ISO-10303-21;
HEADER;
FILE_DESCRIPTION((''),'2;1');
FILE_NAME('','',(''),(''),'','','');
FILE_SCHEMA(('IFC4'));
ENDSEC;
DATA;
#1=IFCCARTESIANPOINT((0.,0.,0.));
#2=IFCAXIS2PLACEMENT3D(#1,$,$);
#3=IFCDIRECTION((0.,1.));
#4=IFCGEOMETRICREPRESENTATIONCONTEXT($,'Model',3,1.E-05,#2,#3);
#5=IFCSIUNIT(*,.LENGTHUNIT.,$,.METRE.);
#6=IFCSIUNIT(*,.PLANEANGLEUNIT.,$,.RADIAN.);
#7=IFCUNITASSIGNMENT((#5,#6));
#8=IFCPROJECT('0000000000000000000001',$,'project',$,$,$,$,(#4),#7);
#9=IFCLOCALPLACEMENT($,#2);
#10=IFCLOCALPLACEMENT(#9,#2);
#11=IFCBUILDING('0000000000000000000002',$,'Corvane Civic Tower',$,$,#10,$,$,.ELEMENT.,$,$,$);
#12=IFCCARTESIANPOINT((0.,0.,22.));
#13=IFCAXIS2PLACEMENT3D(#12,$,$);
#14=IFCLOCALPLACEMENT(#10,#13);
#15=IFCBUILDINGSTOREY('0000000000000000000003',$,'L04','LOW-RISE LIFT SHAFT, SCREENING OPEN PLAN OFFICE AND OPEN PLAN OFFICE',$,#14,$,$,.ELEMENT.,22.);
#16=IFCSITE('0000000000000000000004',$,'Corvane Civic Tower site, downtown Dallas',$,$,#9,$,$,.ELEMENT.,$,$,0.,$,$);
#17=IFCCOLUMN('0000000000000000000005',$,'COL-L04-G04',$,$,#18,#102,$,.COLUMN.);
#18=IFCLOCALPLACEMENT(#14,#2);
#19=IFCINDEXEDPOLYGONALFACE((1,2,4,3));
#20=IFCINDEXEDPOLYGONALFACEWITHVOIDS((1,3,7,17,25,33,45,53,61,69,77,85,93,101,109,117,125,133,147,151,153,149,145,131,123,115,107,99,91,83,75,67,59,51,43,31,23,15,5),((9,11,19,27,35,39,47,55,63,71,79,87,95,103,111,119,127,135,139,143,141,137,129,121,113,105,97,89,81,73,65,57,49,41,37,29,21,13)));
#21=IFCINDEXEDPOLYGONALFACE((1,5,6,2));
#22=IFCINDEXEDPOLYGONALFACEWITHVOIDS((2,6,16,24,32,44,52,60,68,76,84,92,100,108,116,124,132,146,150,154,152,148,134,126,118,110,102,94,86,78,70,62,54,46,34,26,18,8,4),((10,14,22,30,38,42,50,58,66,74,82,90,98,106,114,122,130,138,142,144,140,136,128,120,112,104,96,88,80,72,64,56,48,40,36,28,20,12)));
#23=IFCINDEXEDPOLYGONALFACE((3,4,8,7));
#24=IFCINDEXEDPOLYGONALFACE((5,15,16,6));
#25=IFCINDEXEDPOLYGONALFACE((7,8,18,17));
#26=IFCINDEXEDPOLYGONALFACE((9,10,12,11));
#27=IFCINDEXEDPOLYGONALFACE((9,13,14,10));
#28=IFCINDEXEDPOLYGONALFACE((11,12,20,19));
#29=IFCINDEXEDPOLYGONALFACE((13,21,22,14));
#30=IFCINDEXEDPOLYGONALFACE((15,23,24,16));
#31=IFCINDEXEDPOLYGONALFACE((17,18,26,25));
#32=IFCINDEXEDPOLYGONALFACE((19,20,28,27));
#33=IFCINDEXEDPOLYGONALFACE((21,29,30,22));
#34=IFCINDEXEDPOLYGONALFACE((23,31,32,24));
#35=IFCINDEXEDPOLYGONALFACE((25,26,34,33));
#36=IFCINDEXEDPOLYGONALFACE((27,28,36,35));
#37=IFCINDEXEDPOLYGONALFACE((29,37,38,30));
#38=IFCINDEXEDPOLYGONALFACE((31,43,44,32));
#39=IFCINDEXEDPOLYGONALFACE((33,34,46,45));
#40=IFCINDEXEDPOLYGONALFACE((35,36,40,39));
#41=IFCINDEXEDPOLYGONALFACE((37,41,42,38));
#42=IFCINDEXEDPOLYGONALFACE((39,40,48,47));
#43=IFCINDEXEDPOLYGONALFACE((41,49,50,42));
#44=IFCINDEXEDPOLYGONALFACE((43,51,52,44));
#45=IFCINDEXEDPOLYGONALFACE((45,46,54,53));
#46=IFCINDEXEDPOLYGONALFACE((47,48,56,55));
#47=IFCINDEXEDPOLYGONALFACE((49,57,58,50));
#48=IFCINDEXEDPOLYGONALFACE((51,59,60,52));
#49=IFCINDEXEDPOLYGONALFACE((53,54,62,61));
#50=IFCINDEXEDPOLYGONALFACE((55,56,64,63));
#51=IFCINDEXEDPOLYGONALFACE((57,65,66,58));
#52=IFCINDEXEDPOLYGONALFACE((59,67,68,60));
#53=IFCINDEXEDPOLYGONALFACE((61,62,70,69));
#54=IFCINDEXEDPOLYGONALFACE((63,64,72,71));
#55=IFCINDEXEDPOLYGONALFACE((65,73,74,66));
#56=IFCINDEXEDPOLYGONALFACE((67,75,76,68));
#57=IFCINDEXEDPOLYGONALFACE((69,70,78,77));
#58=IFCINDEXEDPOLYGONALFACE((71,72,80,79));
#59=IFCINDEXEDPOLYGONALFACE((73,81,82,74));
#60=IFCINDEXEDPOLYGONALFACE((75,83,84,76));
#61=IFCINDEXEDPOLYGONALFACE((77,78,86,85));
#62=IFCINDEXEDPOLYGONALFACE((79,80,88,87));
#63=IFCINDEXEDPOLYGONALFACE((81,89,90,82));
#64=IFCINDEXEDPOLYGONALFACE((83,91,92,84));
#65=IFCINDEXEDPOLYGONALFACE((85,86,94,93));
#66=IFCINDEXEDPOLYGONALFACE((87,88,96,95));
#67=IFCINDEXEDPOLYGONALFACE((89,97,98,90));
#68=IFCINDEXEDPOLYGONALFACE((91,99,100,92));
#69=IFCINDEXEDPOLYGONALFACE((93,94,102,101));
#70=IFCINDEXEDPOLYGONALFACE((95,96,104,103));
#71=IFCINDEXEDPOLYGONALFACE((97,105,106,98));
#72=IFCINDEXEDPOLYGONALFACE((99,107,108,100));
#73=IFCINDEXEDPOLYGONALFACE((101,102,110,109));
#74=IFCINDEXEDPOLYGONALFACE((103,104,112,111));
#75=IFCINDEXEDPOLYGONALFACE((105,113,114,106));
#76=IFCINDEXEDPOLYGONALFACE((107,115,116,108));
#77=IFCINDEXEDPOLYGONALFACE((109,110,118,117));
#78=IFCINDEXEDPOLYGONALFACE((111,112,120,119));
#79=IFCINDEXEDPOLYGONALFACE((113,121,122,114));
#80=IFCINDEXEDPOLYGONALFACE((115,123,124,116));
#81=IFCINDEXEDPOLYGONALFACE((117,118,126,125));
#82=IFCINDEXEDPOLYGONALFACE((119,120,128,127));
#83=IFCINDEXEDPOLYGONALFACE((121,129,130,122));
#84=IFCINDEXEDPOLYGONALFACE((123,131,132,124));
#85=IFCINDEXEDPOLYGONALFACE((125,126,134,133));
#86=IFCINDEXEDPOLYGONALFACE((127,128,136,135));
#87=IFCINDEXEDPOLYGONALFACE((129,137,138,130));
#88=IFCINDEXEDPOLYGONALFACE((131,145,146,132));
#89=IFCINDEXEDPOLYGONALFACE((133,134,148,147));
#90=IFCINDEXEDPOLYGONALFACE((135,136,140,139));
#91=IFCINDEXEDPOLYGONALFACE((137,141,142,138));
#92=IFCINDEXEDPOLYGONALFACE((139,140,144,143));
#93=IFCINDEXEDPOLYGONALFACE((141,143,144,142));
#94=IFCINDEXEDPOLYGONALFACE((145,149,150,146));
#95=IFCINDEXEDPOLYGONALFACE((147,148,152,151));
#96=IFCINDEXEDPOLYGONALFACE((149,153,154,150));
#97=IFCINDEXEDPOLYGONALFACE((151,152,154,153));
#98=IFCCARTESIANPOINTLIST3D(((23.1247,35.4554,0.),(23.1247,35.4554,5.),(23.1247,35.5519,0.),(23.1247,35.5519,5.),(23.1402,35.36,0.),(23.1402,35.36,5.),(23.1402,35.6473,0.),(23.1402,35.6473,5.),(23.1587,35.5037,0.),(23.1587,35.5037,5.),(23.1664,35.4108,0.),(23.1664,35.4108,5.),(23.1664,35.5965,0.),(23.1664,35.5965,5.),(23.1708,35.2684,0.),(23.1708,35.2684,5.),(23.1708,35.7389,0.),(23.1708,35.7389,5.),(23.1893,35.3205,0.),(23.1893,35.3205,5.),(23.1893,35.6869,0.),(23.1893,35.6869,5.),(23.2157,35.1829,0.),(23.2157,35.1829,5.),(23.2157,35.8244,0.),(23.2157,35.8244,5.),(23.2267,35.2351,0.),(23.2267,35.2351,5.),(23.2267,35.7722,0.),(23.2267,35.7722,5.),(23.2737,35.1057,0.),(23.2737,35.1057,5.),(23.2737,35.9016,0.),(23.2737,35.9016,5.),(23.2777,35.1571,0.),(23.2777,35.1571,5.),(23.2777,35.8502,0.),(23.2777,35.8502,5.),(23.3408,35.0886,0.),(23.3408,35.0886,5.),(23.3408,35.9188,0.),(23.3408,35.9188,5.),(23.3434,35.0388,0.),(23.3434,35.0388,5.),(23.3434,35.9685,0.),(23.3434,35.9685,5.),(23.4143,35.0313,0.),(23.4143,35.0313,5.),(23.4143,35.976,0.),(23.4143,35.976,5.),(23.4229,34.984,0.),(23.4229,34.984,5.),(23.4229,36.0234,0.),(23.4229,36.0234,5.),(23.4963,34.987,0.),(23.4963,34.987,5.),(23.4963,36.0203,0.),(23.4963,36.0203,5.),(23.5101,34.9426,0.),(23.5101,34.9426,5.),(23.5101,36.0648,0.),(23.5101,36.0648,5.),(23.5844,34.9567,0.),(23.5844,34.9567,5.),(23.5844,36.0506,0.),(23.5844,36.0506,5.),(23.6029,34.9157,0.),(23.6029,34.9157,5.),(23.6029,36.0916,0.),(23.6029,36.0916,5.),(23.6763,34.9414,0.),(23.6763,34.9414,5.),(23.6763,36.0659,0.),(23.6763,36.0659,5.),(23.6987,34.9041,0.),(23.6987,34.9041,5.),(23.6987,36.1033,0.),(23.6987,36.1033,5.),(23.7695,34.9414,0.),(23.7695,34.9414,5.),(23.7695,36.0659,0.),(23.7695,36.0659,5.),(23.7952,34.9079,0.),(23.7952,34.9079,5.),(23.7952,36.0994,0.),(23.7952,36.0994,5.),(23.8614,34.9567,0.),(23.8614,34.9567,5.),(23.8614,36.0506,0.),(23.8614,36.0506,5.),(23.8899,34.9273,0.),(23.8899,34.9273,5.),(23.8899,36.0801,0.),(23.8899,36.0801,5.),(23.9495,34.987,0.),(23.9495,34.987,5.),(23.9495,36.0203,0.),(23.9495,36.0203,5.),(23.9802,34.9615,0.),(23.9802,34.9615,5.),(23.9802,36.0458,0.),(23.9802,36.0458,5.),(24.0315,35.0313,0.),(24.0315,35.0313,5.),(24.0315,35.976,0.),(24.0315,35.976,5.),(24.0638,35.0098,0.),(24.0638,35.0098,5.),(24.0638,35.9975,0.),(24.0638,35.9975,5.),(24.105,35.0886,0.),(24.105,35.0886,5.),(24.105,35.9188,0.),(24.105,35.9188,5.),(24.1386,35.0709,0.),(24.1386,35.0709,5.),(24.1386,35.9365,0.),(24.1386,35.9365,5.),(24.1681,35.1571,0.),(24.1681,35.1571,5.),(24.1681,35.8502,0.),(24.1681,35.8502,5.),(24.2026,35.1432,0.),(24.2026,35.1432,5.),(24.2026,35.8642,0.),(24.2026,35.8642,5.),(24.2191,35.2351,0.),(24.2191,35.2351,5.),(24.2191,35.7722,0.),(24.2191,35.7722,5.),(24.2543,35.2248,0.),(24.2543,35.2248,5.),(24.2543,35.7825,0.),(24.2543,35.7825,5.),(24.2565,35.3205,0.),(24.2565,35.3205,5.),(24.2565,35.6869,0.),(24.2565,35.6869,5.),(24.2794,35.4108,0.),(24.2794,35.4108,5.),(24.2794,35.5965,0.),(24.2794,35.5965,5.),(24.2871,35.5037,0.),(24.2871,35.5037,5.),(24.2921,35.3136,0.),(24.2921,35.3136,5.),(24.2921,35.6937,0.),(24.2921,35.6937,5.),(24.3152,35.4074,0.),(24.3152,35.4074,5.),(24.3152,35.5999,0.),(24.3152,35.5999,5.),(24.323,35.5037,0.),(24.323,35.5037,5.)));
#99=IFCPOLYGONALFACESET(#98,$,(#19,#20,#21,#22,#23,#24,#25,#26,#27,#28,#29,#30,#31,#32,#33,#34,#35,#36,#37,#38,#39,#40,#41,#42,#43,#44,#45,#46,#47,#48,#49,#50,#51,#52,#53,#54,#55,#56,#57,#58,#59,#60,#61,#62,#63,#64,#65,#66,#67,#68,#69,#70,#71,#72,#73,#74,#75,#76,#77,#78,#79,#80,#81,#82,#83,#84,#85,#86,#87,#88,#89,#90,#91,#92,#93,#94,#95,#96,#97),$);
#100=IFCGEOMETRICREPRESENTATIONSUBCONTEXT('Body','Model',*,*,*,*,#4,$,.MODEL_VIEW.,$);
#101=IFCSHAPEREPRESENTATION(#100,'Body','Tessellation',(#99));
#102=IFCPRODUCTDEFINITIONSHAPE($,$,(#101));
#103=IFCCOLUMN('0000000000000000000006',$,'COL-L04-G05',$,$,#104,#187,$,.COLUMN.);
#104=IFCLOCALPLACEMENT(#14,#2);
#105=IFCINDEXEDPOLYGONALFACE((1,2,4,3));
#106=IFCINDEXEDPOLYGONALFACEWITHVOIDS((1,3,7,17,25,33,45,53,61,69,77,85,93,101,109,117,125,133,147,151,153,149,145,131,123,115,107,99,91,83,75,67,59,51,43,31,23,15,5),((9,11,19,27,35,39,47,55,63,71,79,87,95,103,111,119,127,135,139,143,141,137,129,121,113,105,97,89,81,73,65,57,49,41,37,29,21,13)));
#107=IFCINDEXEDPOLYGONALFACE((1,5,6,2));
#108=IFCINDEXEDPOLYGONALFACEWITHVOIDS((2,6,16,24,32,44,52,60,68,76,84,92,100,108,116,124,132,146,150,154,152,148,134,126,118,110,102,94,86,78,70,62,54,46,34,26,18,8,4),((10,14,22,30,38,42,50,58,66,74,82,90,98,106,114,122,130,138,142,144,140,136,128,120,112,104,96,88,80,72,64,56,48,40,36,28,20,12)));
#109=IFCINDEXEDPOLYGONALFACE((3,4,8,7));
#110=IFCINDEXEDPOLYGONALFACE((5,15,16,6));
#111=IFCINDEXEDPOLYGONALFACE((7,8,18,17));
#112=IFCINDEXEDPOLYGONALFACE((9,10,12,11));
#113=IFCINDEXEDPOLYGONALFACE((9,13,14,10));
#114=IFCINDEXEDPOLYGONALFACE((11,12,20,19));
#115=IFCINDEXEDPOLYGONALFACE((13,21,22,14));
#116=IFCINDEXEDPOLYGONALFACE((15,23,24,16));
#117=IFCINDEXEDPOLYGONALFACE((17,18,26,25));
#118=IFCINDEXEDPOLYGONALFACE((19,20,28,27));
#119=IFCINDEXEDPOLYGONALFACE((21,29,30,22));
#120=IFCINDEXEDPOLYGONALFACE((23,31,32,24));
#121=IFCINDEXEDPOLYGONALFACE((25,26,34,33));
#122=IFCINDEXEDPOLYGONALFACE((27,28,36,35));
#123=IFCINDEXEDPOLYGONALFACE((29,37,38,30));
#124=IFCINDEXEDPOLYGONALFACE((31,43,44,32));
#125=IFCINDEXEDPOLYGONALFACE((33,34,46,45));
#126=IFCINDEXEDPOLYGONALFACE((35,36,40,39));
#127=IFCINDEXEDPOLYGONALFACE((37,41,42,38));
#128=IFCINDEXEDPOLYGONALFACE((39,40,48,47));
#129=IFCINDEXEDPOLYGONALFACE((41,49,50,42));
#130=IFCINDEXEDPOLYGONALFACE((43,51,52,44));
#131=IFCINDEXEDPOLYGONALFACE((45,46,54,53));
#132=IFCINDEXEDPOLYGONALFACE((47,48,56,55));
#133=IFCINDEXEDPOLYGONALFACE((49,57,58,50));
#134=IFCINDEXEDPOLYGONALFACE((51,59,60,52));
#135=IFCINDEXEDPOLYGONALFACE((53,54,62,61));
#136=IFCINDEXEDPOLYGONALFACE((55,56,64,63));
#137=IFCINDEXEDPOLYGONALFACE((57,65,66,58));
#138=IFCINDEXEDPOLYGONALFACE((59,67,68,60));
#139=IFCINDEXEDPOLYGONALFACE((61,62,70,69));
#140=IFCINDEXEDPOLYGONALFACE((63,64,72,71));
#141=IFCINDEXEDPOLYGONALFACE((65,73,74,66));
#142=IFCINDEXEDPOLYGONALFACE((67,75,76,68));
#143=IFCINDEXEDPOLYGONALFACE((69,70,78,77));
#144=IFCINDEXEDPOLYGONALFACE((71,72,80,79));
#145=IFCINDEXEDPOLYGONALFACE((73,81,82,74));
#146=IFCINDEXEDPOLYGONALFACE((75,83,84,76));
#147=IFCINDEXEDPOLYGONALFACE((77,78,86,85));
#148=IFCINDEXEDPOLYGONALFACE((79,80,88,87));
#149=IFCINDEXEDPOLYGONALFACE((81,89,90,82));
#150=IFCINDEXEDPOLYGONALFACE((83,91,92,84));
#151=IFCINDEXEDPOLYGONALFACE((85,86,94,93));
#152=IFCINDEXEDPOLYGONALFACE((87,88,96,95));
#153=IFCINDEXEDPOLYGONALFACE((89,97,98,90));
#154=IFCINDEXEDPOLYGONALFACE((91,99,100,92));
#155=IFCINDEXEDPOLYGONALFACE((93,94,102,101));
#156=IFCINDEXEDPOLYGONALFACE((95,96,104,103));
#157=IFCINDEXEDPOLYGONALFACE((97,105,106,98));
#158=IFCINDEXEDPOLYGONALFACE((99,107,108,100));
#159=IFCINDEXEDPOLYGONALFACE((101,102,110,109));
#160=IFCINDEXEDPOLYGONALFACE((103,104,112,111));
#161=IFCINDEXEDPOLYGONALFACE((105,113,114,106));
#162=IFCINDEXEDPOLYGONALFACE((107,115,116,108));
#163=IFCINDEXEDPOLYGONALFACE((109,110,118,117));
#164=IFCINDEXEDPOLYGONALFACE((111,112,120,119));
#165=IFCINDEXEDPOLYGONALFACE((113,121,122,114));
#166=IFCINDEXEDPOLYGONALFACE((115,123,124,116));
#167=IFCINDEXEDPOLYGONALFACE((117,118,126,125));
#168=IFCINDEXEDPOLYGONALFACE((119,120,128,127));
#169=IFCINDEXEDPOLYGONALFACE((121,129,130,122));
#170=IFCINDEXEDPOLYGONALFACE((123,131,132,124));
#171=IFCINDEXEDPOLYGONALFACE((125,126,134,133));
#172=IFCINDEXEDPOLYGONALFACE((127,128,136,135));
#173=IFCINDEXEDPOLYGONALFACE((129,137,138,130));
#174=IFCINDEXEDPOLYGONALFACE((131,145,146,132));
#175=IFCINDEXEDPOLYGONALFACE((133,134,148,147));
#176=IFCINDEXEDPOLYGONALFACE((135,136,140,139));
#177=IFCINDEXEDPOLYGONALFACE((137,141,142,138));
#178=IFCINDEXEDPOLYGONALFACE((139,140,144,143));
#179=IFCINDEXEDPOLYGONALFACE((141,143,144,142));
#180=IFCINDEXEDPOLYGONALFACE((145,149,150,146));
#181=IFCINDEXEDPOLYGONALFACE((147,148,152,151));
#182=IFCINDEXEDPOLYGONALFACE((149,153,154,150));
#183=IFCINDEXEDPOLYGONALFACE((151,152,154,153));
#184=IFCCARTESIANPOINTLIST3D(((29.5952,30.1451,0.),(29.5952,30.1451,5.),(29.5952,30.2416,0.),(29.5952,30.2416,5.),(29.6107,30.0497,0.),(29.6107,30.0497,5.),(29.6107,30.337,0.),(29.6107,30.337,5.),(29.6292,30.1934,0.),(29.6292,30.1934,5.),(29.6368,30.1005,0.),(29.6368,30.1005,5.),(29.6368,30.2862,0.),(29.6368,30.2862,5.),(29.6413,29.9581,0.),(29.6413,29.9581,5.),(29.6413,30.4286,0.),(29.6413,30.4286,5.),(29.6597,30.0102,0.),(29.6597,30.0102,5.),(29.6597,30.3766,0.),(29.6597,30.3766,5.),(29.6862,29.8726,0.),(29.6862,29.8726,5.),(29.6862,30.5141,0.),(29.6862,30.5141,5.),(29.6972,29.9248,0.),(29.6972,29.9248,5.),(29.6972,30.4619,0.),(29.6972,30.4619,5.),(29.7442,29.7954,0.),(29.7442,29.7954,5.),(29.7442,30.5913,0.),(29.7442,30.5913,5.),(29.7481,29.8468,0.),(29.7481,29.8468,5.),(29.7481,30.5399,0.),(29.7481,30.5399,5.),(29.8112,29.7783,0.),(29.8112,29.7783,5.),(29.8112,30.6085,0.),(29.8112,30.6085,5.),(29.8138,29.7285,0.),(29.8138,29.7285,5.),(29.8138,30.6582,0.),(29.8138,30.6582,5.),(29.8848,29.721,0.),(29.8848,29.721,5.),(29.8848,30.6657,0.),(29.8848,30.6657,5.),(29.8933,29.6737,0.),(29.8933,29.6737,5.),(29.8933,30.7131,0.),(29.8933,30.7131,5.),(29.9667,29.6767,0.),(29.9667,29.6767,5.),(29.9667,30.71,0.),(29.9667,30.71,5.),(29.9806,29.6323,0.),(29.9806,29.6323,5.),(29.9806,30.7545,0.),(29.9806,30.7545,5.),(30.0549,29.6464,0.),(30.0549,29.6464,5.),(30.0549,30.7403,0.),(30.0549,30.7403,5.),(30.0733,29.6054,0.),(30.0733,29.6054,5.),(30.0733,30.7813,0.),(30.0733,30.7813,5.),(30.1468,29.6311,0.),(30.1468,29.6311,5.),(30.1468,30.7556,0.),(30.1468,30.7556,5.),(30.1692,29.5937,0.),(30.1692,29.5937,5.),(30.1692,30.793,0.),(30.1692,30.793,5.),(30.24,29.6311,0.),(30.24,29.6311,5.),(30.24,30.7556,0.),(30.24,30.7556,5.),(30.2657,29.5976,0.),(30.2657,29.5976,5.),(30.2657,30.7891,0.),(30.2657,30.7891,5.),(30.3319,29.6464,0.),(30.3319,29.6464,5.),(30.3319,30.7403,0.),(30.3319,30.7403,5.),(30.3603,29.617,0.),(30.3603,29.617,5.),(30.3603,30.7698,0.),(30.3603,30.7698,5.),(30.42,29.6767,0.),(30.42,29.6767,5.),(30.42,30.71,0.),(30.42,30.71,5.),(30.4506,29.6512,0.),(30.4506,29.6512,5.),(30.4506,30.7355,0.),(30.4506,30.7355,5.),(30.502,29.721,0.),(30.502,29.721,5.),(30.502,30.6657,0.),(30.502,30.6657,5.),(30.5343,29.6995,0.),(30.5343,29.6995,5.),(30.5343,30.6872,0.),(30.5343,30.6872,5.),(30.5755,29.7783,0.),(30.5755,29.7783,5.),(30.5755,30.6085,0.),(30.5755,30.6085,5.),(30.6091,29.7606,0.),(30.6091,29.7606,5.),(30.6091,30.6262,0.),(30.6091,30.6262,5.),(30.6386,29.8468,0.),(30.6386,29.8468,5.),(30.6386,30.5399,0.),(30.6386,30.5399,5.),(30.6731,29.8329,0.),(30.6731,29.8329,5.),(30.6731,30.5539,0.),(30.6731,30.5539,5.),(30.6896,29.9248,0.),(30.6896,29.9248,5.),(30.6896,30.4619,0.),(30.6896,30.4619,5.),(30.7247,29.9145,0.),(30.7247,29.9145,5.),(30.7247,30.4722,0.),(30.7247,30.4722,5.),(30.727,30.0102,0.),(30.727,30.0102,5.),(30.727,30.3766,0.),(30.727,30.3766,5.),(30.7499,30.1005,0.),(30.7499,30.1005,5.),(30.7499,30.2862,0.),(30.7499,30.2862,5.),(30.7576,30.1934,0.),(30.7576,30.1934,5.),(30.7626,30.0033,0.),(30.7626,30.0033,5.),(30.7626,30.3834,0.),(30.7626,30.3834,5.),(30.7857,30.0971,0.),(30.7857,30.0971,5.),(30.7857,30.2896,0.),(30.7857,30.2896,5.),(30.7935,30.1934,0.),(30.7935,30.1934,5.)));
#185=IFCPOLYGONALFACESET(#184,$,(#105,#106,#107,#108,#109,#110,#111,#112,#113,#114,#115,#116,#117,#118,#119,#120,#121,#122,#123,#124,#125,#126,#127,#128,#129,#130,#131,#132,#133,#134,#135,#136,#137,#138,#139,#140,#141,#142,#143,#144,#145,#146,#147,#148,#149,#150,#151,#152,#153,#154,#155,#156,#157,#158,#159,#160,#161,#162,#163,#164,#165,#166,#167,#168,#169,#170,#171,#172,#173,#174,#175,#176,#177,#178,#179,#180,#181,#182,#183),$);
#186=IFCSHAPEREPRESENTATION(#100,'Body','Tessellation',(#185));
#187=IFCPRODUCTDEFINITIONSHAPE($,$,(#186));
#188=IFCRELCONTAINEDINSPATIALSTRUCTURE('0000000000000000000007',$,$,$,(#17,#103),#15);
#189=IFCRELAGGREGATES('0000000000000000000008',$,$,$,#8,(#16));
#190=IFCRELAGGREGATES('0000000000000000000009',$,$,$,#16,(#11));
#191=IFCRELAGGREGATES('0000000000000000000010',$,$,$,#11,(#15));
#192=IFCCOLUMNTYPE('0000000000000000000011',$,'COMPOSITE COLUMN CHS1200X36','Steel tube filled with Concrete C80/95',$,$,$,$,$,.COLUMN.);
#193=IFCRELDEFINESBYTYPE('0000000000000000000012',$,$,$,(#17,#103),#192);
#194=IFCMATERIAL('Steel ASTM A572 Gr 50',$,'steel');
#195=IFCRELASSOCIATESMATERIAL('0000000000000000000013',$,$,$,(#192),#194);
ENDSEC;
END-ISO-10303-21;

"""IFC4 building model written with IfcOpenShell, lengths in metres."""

from ifc_helpers import new_model, si_unit, direction, frame, origin, origin_2d, place, context, subcontext, project, spatial, hollow_circle, extrude, material, material_profile, profile_set, type_object, element, save


model = new_model("IFC4")

# Units and contexts
model_context = context("Model", 3, precision=1e-05, world=origin(), true_north=direction((0.0, 1.0)))
body_context = subcontext(model_context, "Body", "Model", "MODEL_VIEW")
ifc_project = project(units=[si_unit("LENGTHUNIT", "METRE"), si_unit("PLANEANGLEUNIT", "RADIAN")], contexts=[model_context])

# Site, building, storey
site_placement = place(None, origin())
site = spatial("IfcSite", under=ifc_project, at=site_placement, Name="Corvane Civic Tower site, downtown Dallas", CompositionType="ELEMENT", RefElevation=0.0)
building_placement = place(site_placement, origin())
building = spatial("IfcBuilding", under=site, at=building_placement, Name="Corvane Civic Tower", CompositionType="ELEMENT")
storey_placement = place(building_placement, frame((0.0, 0.0, 22.0)))
storey = spatial("IfcBuildingStorey", under=building, at=storey_placement, Name="L04", Description="LOW-RISE LIFT SHAFT, SCREENING OPEN PLAN OFFICE AND OPEN PLAN OFFICE", CompositionType="ELEMENT", Elevation=22.0)

# Columns
ifc_material_1 = material(Name="Steel ASTM A572 Gr 50", Category="steel")
ifc_material_profile_1 = material_profile(ifc_material_1, hollow_circle(Radius=0.6001, WallThickness=0.0359, at=origin_2d()), Name="CHS1200X36")
ifc_profile_set_1 = profile_set([ifc_material_profile_1], Name="Steel ASTM A572 Gr 50")
column_type_1 = type_object("IfcColumnType", Name="COMPOSITE COLUMN CHS1200X36", Description="Steel tube filled with Concrete C80/95", PredefinedType="COLUMN", material=ifc_profile_set_1)
for number, where, z_axis, x_axis, name in (
    (1, (23.7229, 35.5037, 0.0), (0.0, 0.0, 1.0), (1.0, 0.0, 0.0), "COL-L04-G04"),
    (2, (30.1934, 30.1934, 0.0), (0.0, 0.0, 1.0), (1.0, 0.0, 0.0), "COL-L04-G05"),
):
    element("IfcColumn", number, at=place(storey_placement, frame(where, z_axis=z_axis, x_axis=x_axis)), inside=storey, type_object=column_type_1, Name=name, PredefinedType="COLUMN", context=body_context, shape_type="SweptSolid", body=[
        extrude(hollow_circle(Radius=0.6001, WallThickness=0.0359, at=origin_2d()), origin(), (0.0, 0.0, 1.0), 5.0),
    ])

save(model, "model.ifc")
